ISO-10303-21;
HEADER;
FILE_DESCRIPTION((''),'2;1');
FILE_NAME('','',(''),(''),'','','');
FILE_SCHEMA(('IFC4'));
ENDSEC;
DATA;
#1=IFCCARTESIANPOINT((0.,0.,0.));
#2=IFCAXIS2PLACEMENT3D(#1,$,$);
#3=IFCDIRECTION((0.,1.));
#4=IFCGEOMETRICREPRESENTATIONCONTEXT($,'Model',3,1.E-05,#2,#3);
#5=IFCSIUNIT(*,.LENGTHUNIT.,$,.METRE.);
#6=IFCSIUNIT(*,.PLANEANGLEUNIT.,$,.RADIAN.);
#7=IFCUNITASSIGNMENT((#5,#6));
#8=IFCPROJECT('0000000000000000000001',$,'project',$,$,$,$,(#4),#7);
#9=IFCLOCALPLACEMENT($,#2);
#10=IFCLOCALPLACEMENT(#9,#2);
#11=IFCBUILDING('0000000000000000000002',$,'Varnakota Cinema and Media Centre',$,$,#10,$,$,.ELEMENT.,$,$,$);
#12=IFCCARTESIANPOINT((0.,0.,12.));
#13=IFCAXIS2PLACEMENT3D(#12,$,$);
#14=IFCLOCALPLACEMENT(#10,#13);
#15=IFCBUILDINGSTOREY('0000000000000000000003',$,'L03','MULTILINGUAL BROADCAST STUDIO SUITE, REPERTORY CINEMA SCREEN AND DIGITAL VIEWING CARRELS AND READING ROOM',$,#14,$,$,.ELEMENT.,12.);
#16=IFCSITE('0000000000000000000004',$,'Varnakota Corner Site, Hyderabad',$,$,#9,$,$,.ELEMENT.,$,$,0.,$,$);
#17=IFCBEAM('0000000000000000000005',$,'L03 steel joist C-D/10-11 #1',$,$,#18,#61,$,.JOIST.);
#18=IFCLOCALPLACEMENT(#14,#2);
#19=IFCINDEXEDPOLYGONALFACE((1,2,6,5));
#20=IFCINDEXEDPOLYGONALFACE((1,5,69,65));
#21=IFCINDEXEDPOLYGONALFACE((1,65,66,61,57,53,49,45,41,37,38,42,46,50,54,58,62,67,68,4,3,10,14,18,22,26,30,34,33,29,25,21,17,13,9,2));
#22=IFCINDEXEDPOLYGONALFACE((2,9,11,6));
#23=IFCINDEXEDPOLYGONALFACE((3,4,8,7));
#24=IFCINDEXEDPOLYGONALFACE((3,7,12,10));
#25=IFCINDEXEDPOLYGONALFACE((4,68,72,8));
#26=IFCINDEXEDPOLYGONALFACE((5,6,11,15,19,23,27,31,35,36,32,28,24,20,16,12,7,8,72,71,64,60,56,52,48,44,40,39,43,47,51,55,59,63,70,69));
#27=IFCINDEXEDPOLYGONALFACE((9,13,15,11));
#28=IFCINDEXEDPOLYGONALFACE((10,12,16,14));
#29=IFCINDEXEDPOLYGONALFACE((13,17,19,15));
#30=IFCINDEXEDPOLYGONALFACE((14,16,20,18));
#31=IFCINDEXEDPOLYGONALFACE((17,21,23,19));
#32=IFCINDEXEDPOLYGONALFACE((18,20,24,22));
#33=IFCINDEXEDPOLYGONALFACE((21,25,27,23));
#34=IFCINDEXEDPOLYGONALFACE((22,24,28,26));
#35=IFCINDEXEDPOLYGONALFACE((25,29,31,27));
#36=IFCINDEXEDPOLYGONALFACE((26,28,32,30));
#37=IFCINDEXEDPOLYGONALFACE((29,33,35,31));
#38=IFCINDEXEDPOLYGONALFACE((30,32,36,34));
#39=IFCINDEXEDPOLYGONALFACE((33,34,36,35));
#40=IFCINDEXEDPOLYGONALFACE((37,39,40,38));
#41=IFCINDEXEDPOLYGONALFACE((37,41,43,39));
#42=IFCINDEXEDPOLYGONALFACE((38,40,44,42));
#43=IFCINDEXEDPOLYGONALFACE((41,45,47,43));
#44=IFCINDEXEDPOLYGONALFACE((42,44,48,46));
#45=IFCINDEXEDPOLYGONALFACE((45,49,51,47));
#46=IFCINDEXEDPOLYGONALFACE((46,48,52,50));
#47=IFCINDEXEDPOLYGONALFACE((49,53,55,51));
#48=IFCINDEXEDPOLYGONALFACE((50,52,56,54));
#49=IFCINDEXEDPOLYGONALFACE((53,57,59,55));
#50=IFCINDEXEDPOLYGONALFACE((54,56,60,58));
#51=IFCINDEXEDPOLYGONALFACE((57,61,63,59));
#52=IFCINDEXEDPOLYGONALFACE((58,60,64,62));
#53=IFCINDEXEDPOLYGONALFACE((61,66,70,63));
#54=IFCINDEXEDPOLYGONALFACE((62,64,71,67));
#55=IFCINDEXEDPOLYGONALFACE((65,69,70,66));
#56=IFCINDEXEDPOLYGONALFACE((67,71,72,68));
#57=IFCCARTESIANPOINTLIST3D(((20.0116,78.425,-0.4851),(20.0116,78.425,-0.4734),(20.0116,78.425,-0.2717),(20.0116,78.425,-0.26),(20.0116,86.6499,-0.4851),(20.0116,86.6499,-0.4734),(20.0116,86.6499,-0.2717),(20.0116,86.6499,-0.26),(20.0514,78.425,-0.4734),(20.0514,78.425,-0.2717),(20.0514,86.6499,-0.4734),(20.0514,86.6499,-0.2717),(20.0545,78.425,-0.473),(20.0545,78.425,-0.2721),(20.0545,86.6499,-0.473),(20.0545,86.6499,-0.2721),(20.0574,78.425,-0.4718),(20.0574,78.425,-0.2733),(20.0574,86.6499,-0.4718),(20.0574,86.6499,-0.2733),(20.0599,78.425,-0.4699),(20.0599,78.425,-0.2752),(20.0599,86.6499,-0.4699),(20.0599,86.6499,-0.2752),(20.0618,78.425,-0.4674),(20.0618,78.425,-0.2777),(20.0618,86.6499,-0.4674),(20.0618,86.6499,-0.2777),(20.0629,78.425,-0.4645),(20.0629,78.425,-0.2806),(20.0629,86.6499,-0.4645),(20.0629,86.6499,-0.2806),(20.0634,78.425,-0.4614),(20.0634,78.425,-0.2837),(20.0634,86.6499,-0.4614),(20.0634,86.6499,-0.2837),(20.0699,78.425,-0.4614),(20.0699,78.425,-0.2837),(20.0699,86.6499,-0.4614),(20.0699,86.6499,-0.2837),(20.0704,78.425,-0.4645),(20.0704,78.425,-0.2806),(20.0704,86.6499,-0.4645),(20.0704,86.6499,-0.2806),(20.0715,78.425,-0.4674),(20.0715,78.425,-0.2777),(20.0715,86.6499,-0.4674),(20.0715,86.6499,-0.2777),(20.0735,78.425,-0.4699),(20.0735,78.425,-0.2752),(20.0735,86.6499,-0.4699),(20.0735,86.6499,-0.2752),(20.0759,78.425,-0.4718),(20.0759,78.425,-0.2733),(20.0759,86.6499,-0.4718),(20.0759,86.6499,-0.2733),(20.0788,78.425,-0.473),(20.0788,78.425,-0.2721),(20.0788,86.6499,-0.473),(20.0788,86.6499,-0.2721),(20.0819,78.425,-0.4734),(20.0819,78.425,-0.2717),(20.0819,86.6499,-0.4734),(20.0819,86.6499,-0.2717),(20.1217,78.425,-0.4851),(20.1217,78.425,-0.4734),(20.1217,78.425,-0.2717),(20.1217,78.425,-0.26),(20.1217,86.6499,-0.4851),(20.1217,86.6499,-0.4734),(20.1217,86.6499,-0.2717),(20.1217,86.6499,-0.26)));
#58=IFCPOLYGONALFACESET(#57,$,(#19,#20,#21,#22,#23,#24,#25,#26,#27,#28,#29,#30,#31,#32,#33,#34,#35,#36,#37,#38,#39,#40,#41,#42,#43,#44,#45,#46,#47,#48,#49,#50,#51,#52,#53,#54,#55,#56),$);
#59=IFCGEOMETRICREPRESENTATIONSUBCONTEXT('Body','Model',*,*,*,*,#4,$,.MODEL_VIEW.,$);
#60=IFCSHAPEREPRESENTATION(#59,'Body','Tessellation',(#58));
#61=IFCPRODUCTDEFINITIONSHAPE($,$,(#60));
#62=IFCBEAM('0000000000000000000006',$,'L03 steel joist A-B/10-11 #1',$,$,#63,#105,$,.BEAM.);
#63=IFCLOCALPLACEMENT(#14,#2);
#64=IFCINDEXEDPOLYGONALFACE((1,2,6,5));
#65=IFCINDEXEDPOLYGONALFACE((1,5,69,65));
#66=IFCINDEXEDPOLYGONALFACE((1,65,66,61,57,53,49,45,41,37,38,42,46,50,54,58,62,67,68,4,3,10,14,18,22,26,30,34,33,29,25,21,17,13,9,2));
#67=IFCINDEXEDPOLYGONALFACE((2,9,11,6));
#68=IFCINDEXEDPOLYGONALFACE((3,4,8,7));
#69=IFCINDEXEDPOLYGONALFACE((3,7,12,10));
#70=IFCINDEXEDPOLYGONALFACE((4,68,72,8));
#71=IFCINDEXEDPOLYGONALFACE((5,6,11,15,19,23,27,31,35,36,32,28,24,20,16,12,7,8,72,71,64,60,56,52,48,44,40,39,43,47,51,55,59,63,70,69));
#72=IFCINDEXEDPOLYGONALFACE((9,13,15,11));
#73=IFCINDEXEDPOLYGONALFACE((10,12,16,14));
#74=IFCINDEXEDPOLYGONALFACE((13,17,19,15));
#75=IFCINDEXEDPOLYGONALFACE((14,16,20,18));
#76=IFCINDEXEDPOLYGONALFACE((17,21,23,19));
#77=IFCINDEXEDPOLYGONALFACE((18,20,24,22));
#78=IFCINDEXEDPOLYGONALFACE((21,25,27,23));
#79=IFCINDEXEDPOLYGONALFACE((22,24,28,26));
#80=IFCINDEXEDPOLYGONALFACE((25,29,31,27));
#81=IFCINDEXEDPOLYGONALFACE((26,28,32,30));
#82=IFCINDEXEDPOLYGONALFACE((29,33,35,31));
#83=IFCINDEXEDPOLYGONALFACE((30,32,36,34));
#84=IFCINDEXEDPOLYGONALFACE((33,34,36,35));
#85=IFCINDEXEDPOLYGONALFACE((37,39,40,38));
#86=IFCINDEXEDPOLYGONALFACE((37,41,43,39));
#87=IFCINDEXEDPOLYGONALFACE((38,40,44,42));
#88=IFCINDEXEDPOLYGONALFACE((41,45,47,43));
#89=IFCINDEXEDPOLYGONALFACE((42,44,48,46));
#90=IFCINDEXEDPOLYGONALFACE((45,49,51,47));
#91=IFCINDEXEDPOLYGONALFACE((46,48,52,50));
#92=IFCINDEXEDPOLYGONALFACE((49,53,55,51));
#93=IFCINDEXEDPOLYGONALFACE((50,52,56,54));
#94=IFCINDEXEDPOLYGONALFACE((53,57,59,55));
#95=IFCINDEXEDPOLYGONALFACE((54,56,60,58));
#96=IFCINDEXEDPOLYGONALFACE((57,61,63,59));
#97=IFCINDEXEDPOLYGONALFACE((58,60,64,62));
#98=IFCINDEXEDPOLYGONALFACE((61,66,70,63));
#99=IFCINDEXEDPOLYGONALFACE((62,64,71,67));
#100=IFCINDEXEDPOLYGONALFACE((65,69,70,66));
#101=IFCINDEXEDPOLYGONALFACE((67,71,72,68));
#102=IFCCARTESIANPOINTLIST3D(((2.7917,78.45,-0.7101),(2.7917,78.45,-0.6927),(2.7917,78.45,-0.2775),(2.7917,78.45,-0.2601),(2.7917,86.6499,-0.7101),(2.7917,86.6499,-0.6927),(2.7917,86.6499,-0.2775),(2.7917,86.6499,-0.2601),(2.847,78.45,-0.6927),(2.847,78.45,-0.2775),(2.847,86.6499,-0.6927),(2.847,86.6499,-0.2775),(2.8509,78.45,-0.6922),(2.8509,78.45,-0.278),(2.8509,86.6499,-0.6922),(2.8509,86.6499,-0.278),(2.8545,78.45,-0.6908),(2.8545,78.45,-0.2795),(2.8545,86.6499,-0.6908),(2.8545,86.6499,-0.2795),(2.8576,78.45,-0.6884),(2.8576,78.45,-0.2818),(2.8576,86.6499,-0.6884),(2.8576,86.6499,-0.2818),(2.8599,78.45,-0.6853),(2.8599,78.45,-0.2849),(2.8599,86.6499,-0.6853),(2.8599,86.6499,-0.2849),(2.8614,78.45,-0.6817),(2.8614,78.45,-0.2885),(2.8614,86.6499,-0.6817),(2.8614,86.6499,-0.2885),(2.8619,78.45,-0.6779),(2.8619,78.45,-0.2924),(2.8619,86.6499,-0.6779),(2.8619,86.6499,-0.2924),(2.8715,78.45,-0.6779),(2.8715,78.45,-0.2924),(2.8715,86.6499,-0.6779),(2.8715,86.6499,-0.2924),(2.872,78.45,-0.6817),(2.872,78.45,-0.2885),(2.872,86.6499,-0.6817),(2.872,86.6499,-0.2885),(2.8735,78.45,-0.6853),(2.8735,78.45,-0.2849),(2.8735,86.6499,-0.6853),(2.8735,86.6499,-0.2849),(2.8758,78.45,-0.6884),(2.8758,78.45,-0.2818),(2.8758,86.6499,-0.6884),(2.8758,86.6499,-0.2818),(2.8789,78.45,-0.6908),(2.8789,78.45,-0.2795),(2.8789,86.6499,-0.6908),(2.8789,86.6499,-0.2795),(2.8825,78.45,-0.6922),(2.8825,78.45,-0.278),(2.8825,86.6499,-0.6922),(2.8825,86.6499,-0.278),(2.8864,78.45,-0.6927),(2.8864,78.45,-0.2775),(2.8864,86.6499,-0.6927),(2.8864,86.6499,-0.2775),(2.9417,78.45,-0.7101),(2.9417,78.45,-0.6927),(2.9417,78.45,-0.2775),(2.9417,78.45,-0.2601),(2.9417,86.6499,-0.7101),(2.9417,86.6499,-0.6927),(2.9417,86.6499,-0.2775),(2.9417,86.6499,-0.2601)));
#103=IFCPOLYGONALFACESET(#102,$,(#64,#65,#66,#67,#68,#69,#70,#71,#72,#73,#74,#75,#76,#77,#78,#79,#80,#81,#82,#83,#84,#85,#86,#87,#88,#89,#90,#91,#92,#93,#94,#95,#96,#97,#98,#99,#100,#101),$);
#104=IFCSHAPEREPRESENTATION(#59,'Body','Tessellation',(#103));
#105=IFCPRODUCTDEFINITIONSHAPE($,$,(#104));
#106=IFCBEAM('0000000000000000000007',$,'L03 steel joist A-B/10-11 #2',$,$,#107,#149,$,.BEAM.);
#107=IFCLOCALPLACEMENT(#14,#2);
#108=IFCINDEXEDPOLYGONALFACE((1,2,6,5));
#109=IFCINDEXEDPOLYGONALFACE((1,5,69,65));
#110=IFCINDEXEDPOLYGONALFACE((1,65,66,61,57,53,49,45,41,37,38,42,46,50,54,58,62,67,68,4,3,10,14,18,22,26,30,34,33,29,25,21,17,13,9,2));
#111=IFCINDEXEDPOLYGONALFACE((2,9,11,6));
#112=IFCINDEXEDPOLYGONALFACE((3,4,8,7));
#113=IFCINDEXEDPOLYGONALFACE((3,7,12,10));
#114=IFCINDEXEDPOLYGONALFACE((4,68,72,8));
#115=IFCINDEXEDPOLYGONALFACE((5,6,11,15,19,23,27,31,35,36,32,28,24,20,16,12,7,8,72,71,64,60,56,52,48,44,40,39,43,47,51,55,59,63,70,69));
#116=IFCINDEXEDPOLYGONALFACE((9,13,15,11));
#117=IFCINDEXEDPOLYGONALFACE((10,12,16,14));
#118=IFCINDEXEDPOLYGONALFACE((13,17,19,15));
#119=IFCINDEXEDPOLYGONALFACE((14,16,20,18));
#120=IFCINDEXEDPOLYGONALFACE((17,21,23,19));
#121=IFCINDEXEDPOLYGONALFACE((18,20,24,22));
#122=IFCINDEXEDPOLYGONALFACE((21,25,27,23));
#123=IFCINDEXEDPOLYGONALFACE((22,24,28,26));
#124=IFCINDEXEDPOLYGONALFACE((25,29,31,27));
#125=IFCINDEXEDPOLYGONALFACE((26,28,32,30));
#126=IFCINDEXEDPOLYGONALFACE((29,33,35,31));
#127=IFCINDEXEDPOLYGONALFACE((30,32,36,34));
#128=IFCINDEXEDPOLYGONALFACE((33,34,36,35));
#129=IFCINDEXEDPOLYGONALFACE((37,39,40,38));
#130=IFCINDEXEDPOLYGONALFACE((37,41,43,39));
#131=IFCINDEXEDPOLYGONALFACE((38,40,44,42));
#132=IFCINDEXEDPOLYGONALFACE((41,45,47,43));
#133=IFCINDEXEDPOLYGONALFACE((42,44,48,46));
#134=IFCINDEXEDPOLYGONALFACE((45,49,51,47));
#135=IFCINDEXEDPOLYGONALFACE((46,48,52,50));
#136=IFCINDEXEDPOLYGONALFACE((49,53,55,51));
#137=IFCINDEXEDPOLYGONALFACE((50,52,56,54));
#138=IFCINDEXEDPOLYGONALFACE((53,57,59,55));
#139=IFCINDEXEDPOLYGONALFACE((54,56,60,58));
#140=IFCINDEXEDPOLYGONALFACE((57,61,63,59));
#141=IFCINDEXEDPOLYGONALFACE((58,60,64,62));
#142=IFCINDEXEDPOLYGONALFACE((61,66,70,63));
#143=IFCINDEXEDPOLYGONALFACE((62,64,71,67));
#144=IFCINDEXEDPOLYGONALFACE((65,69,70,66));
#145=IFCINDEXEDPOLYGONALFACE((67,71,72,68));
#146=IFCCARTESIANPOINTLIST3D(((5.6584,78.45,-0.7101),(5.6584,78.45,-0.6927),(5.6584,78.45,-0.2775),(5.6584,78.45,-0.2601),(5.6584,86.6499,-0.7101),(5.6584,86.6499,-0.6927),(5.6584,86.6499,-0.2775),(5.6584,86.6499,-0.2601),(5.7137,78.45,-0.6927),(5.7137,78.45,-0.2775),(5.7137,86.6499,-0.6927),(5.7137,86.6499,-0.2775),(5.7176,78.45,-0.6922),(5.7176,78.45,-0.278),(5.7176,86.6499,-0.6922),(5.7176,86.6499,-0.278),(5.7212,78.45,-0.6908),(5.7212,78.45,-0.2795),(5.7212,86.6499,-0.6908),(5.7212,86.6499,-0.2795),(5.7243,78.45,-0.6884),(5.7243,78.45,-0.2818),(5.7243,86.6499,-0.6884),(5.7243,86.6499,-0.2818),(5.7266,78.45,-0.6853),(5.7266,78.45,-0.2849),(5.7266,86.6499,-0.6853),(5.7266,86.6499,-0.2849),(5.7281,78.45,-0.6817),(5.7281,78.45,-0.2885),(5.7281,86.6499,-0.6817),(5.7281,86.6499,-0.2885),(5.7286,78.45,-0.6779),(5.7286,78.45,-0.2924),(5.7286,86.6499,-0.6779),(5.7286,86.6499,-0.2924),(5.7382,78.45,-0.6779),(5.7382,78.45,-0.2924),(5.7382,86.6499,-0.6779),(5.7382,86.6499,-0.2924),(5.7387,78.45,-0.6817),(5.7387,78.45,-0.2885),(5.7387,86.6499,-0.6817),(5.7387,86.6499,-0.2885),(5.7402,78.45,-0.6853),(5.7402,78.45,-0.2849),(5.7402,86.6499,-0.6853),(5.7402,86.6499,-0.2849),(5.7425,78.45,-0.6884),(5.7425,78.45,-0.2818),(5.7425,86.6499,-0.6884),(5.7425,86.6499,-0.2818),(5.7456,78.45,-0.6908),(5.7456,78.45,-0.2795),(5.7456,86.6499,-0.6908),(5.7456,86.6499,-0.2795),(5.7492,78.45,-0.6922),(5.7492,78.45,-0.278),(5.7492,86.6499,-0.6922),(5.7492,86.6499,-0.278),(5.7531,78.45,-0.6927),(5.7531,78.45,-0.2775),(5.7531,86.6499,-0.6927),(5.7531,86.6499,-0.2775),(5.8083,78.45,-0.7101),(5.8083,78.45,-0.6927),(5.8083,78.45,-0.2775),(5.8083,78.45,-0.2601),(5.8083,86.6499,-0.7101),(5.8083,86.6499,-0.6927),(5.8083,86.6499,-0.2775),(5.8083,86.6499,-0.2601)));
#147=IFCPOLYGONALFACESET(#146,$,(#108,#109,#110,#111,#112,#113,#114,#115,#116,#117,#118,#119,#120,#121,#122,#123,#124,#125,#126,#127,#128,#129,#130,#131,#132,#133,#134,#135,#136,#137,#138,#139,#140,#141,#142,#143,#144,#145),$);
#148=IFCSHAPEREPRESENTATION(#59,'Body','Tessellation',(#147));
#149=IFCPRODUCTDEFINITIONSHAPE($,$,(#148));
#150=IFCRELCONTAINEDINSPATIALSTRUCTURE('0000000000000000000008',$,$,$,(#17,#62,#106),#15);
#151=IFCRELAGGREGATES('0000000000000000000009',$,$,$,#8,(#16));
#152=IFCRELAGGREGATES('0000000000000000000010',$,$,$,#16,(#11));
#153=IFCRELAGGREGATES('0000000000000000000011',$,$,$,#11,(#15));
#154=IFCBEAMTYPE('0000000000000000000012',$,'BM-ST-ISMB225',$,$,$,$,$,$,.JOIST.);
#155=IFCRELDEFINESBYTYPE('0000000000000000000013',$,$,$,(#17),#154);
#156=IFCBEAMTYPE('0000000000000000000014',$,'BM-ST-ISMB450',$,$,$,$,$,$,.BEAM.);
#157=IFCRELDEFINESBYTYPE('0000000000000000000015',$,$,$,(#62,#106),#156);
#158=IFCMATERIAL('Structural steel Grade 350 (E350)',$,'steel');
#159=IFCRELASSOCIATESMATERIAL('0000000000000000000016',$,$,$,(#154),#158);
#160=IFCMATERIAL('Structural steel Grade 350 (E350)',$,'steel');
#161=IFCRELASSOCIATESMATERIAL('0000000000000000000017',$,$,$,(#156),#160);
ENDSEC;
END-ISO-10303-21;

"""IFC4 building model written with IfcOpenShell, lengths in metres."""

from ifc_helpers import new_model, si_unit, direction, frame, origin, origin_2d, place, context, subcontext, project, spatial, i_section, extrude, material, material_profile, profile_set, type_object, element, save


model = new_model("IFC4")

# Units and contexts
model_context = context("Model", 3, precision=1e-05, world=origin(), true_north=direction((0.0, 1.0)))
body_context = subcontext(model_context, "Body", "Model", "MODEL_VIEW")
ifc_project = project(units=[si_unit("LENGTHUNIT", "METRE"), si_unit("PLANEANGLEUNIT", "RADIAN")], contexts=[model_context])

# Site, building, storey
site_placement = place(None, origin())
site = spatial("IfcSite", under=ifc_project, at=site_placement, Name="Varnakota Corner Site, Hyderabad", CompositionType="ELEMENT", RefElevation=0.0)
building_placement = place(site_placement, origin())
building = spatial("IfcBuilding", under=site, at=building_placement, Name="Varnakota Cinema and Media Centre", CompositionType="ELEMENT")
storey_placement = place(building_placement, frame((0.0, 0.0, 12.0)))
storey = spatial("IfcBuildingStorey", under=building, at=storey_placement, Name="L03", Description="MULTILINGUAL BROADCAST STUDIO SUITE, REPERTORY CINEMA SCREEN AND DIGITAL VIEWING CARRELS AND READING ROOM", CompositionType="ELEMENT", Elevation=12.0)

# Beams
ifc_material_1 = material(Name="Structural steel Grade 350 (E350)", Category="steel")
ifc_material_profile_1 = material_profile(ifc_material_1, i_section(OverallWidth=0.1101, OverallDepth=0.2251, WebThickness=0.0066, FlangeThickness=0.0117, FilletRadius=0.012, at=origin_2d()), Name="ISMB 225")
ifc_profile_set_1 = profile_set([ifc_material_profile_1], Name="Structural steel Grade 350 (E350)")
beam_type_1 = type_object("IfcBeamType", Name="BM-ST-ISMB225", PredefinedType="JOIST", material=ifc_profile_set_1)
beam_1_placement = place(storey_placement, frame((20.0667, 78.425, -0.3726), z_axis=(0.0, 1.0, 0.0), x_axis=(-1.0, 0.0, 0.0)))
element("IfcBeam", 1, at=beam_1_placement, inside=storey, type_object=beam_type_1, Name="L03 steel joist C-D/10-11 #1", PredefinedType="JOIST", context=body_context, shape_type="SweptSolid", body=[
    extrude(i_section(OverallWidth=0.1101, OverallDepth=0.2251, WebThickness=0.0066, FlangeThickness=0.0117, FilletRadius=0.012, at=origin_2d()), origin(), (0.0, 0.0, 1.0), 8.2249),
])
ifc_material_2 = material(Name="Structural steel Grade 350 (E350)", Category="steel")
ifc_material_profile_2 = material_profile(ifc_material_2, i_section(OverallWidth=0.1499, OverallDepth=0.45, WebThickness=0.0095, FlangeThickness=0.0173, FilletRadius=0.0149, at=origin_2d()), Name="ISMB 450")
ifc_profile_set_2 = profile_set([ifc_material_profile_2], Name="Structural steel Grade 350 (E350)")
beam_type_2 = type_object("IfcBeamType", Name="BM-ST-ISMB450", PredefinedType="BEAM", material=ifc_profile_set_2)
for number, where, z_axis, x_axis, name in (
    (2, (2.8667, 78.45, -0.4851), (0.0, 1.0, 0.0), (-1.0, 0.0, 0.0), "L03 steel joist A-B/10-11 #1"),
    (3, (5.7334, 78.45, -0.4851), (0.0, 1.0, 0.0), (-1.0, 0.0, 0.0), "L03 steel joist A-B/10-11 #2"),
):
    element("IfcBeam", number, at=place(storey_placement, frame(where, z_axis=z_axis, x_axis=x_axis)), inside=storey, type_object=beam_type_2, Name=name, PredefinedType="BEAM", context=body_context, shape_type="SweptSolid", body=[
        extrude(i_section(OverallWidth=0.1499, OverallDepth=0.45, WebThickness=0.0095, FlangeThickness=0.0173, FilletRadius=0.0149, at=origin_2d()), origin(), (0.0, 0.0, 1.0), 8.2),
    ])

save(model, "model.ifc")
